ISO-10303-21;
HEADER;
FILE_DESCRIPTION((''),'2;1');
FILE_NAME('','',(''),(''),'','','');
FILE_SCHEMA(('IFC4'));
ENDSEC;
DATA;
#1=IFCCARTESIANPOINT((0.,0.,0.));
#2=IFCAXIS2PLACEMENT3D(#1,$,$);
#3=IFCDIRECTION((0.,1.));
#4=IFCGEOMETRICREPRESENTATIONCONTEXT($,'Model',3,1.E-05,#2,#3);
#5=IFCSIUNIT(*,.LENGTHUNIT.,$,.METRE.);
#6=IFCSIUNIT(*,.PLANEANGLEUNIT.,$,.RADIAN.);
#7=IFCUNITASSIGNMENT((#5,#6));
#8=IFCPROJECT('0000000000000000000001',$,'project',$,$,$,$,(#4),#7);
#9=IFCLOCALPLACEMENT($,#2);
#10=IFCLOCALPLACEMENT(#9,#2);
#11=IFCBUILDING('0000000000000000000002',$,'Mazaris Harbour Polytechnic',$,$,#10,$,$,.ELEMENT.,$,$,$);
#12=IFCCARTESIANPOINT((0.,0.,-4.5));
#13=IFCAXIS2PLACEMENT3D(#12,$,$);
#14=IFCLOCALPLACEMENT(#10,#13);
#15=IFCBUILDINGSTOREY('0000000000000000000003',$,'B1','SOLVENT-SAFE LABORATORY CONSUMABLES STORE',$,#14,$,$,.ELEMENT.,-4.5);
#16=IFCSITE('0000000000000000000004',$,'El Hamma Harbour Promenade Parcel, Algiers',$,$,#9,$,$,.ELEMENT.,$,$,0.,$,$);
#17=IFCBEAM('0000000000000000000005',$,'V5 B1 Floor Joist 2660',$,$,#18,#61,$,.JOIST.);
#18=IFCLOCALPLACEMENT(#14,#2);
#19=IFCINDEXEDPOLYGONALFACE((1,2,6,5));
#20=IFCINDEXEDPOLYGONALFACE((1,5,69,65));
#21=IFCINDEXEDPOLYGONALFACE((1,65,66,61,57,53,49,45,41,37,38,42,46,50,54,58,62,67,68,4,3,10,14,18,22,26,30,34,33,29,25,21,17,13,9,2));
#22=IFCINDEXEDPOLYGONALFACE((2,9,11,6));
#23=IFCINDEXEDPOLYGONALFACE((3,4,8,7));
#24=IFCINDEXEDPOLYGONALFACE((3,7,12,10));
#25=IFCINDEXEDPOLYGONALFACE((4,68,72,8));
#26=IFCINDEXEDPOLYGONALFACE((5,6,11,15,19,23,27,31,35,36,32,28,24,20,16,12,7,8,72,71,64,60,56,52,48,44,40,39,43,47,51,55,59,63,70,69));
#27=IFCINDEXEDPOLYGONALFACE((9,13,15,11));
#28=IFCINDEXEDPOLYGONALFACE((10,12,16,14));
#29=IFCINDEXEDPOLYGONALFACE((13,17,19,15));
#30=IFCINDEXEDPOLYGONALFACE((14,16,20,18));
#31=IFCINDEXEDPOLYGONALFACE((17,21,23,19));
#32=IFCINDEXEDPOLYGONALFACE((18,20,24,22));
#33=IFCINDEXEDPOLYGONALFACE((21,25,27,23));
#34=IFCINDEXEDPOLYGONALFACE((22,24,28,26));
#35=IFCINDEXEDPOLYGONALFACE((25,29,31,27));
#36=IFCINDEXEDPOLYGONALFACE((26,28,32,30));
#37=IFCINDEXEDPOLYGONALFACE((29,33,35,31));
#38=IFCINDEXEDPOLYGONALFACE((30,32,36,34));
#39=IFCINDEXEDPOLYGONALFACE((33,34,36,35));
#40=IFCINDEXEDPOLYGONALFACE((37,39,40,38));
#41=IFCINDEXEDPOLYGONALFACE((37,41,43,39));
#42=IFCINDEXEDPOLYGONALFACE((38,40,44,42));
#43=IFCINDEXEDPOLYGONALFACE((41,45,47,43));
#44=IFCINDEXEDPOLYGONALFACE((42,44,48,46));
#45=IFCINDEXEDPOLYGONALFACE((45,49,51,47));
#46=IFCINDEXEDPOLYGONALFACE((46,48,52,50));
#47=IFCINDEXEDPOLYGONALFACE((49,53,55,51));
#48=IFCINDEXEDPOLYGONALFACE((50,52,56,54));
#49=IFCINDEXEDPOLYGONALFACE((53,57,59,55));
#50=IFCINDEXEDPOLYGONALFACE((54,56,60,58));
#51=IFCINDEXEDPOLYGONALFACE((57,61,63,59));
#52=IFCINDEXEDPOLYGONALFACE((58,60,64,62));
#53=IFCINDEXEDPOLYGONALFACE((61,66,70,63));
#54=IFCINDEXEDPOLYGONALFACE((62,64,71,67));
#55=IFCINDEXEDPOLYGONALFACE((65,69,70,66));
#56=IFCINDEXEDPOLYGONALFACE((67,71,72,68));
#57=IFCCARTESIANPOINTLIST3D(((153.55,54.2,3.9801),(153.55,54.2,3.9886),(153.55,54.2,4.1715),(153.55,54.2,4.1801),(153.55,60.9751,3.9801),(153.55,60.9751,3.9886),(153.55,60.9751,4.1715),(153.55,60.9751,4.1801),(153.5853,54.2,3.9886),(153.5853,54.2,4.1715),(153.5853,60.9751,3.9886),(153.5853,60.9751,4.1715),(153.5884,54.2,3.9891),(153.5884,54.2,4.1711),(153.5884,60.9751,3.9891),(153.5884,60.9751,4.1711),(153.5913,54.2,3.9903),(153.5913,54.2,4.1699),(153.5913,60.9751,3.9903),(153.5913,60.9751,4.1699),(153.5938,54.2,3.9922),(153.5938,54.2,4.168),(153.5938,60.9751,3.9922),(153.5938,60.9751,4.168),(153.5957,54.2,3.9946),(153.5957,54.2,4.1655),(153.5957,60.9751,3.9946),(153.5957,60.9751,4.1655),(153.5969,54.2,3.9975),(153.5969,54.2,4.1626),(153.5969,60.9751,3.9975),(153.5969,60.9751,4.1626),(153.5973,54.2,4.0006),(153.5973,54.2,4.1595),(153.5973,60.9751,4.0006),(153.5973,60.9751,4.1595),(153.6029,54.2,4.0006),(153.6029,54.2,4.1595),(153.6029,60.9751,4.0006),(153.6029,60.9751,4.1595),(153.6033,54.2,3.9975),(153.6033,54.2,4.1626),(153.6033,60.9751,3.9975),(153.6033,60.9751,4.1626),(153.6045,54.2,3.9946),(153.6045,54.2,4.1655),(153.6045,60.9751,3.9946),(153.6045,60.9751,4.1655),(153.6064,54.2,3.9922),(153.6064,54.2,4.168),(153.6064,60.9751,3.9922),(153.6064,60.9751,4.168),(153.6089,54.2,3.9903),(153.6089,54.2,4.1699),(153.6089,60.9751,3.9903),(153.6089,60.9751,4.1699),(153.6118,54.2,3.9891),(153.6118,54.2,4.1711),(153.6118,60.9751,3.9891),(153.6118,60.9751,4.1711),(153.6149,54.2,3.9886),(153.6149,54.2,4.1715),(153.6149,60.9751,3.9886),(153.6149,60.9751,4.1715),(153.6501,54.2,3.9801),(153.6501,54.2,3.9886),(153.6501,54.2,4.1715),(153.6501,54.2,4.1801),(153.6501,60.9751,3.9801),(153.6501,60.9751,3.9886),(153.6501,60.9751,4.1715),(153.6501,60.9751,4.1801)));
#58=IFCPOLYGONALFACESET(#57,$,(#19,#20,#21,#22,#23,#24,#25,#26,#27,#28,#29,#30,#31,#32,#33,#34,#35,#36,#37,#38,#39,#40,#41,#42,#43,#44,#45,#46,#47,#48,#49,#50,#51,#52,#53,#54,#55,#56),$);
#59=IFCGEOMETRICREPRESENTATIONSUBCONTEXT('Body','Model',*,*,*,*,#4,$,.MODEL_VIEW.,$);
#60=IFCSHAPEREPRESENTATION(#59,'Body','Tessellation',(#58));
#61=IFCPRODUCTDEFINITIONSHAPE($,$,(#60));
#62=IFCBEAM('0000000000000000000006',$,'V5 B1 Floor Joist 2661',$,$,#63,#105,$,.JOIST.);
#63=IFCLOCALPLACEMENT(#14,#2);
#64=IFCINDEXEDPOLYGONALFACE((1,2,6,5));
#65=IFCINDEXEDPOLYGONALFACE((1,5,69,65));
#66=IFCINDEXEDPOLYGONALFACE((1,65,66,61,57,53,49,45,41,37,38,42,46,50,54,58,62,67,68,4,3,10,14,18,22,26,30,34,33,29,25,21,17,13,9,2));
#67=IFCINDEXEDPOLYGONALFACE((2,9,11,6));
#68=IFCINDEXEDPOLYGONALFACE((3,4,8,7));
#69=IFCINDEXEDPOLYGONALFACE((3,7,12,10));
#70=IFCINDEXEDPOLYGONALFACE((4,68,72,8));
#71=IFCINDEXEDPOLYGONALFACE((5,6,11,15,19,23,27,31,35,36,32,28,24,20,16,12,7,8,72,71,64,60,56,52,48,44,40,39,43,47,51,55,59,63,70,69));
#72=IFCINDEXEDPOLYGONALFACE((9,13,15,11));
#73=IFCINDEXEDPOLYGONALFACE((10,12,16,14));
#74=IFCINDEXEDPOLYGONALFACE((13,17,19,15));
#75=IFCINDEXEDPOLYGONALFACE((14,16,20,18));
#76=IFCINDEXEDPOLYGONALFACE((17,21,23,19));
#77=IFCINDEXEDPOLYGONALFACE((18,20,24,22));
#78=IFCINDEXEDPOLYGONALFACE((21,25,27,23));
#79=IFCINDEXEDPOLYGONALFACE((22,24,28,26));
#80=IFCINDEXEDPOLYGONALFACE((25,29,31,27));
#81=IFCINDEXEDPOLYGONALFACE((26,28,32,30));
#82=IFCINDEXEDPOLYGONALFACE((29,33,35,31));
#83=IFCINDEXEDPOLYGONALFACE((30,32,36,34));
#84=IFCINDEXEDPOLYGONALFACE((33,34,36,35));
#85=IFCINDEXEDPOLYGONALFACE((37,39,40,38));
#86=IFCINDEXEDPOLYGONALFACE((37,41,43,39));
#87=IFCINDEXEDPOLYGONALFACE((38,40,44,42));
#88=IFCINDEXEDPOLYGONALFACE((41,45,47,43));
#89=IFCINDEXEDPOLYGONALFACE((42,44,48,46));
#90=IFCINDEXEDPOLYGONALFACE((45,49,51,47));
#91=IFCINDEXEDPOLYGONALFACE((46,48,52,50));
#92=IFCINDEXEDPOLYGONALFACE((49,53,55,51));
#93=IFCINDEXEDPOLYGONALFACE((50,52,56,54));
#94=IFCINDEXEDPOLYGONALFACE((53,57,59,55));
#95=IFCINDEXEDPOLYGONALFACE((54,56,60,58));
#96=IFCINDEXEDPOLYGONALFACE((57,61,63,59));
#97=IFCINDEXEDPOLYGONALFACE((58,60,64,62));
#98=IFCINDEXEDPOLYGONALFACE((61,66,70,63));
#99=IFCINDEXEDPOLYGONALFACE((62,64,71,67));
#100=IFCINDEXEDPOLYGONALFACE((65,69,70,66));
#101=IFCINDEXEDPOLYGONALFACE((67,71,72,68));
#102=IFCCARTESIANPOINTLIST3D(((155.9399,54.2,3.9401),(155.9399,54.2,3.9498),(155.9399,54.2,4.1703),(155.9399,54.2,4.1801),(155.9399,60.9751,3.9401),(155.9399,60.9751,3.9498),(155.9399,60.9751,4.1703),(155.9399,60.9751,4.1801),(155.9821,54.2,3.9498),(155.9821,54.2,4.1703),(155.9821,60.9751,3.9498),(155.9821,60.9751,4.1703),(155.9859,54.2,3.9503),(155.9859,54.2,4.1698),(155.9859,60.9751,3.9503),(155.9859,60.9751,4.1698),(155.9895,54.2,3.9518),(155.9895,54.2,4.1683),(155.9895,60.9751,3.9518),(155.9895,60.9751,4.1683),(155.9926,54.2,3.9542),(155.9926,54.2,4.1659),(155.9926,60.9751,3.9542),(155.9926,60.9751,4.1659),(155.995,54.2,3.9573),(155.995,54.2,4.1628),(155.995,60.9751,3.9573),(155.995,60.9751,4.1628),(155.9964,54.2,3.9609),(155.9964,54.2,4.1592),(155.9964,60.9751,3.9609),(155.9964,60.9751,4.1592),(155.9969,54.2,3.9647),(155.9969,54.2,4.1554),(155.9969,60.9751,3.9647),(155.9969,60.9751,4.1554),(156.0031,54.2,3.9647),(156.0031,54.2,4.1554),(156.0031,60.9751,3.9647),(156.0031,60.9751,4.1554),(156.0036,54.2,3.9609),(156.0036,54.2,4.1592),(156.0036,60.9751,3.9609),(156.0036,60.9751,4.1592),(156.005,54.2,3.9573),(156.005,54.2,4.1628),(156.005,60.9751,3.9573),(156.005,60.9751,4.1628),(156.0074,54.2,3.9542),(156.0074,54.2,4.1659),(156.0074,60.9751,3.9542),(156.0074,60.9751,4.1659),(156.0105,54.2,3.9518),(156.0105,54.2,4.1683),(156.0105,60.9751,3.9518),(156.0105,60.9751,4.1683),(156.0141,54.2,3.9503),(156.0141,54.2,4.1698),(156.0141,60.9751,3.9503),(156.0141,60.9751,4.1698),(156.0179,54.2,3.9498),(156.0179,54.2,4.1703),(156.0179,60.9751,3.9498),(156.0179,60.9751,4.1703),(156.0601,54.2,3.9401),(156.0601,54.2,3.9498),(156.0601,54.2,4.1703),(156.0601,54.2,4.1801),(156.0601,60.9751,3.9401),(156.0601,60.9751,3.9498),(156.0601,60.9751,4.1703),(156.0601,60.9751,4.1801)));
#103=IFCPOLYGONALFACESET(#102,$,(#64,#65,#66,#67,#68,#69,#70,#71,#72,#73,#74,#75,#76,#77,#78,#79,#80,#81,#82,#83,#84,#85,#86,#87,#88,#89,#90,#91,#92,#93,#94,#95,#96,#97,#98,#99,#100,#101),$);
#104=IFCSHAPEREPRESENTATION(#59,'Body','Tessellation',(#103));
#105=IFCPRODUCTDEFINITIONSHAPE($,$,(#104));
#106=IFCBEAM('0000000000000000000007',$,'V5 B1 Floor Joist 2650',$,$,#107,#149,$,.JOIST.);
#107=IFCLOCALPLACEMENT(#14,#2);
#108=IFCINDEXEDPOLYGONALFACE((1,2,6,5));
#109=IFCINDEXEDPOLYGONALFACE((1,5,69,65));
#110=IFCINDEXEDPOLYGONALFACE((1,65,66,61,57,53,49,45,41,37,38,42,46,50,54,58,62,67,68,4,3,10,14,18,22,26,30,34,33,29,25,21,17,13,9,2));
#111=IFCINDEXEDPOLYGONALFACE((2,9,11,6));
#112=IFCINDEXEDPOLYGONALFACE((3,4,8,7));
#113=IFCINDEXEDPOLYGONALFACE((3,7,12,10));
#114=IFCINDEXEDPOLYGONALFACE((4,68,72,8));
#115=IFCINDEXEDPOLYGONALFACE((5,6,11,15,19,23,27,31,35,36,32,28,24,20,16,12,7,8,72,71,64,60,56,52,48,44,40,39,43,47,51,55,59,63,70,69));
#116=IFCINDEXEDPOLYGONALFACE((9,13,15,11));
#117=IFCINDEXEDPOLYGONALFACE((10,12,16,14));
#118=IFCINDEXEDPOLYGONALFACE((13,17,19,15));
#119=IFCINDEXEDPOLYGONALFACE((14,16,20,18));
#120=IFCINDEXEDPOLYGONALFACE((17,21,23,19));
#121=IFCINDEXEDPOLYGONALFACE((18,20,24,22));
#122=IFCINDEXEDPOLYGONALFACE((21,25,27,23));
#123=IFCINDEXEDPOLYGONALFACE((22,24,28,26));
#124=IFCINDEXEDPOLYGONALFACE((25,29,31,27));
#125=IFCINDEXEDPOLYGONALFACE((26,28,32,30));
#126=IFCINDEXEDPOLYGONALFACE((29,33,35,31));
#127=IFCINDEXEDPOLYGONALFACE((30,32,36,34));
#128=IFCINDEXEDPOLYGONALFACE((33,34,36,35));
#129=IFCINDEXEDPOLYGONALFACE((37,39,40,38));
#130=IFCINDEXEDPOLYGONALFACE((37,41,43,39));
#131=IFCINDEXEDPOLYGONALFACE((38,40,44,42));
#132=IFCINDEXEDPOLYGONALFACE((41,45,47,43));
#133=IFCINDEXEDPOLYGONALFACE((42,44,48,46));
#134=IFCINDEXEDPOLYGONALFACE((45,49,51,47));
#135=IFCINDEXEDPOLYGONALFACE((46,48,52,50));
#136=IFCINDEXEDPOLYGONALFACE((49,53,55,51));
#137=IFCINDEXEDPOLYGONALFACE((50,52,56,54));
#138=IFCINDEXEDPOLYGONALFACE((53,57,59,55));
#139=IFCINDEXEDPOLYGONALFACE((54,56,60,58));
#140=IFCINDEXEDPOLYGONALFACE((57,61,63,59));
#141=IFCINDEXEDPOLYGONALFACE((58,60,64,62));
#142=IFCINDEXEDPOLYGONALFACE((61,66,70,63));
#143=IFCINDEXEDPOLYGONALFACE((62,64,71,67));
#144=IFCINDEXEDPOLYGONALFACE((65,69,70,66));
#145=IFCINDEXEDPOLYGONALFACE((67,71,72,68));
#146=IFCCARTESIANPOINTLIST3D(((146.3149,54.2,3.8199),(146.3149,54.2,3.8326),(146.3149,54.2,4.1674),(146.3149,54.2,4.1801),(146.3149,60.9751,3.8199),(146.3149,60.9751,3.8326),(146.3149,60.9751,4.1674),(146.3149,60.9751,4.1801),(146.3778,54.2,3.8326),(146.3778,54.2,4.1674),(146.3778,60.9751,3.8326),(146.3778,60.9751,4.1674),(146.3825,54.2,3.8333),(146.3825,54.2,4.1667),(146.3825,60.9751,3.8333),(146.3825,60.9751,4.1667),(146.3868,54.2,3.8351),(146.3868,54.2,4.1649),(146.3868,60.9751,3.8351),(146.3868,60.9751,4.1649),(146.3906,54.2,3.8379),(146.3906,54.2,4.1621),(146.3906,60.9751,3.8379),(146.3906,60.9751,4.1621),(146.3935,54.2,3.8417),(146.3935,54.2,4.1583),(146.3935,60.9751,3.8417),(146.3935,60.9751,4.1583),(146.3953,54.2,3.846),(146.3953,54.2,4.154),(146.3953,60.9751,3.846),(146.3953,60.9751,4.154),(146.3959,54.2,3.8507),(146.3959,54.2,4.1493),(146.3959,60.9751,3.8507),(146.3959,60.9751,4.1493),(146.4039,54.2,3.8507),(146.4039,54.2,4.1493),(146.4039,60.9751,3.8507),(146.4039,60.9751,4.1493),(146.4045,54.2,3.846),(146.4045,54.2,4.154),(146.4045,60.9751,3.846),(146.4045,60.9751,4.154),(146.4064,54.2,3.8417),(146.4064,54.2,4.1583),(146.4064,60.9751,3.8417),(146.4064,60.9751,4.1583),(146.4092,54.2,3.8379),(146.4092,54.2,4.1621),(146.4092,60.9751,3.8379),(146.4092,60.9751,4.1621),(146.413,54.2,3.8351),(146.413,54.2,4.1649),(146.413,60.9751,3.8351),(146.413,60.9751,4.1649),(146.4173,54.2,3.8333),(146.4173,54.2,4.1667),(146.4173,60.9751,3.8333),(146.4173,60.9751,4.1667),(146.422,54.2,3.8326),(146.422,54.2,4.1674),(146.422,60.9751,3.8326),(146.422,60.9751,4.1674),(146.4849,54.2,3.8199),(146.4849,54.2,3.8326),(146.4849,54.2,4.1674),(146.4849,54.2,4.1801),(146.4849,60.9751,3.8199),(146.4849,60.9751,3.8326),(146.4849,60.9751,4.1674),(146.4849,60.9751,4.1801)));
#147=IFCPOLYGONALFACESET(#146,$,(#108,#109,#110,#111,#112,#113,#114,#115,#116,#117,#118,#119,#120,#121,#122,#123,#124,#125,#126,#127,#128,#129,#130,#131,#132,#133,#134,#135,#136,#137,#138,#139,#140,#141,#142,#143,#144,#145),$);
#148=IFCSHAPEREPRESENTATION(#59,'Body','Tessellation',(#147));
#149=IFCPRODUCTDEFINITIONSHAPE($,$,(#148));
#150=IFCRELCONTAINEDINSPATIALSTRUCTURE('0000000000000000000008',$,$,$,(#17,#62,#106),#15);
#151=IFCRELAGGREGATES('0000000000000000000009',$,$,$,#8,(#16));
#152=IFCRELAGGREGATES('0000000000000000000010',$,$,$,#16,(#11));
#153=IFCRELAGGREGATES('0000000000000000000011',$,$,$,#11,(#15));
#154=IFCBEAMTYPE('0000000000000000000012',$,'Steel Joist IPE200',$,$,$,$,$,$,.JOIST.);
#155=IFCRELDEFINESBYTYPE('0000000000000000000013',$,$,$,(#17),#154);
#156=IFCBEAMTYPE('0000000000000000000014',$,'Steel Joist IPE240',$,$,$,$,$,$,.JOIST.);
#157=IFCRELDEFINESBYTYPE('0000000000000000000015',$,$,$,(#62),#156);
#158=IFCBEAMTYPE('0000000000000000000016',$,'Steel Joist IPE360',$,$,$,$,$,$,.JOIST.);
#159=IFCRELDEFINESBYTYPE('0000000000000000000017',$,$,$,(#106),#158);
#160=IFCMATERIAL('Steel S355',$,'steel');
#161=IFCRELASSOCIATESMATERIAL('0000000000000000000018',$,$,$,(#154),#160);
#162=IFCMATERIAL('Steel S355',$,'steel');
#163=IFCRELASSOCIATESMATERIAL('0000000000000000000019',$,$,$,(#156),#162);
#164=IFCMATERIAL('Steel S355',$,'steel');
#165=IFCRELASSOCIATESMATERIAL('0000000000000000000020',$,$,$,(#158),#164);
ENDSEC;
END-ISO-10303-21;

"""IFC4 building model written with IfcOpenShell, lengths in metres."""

from ifc_helpers import new_model, si_unit, direction, frame, origin, origin_2d, place, context, subcontext, project, spatial, i_section, extrude, material, material_profile, profile_set, type_object, element, save


model = new_model("IFC4")

# Units and contexts
model_context = context("Model", 3, precision=1e-05, world=origin(), true_north=direction((0.0, 1.0)))
body_context = subcontext(model_context, "Body", "Model", "MODEL_VIEW")
ifc_project = project(units=[si_unit("LENGTHUNIT", "METRE"), si_unit("PLANEANGLEUNIT", "RADIAN")], contexts=[model_context])

# Site, building, storey
site_placement = place(None, origin())
site = spatial("IfcSite", under=ifc_project, at=site_placement, Name="El Hamma Harbour Promenade Parcel, Algiers", CompositionType="ELEMENT", RefElevation=0.0)
building_placement = place(site_placement, origin())
building = spatial("IfcBuilding", under=site, at=building_placement, Name="Mazaris Harbour Polytechnic", CompositionType="ELEMENT")
storey_placement = place(building_placement, frame((0.0, 0.0, -4.5)))
storey = spatial("IfcBuildingStorey", under=building, at=storey_placement, Name="B1", Description="SOLVENT-SAFE LABORATORY CONSUMABLES STORE", CompositionType="ELEMENT", Elevation=-4.5)

# Beams
ifc_material_1 = material(Name="Steel S355", Category="steel")
ifc_material_profile_1 = material_profile(ifc_material_1, i_section(OverallWidth=0.1001, OverallDepth=0.2, WebThickness=0.0056, FlangeThickness=0.0085, FilletRadius=0.012, at=origin_2d()), Name="IPE 200")
ifc_profile_set_1 = profile_set([ifc_material_profile_1], Name="Steel S355")
beam_type_1 = type_object("IfcBeamType", Name="Steel Joist IPE200", PredefinedType="JOIST", material=ifc_profile_set_1)
beam_1_placement = place(storey_placement, frame((153.6001, 54.2, 4.0801), z_axis=(0.0, 1.0, 0.0), x_axis=(-1.0, 0.0, 0.0)))
element("IfcBeam", 1, at=beam_1_placement, inside=storey, type_object=beam_type_1, Name="V5 B1 Floor Joist 2660", PredefinedType="JOIST", context=body_context, shape_type="SweptSolid", body=[
    extrude(i_section(OverallWidth=0.1001, OverallDepth=0.2, WebThickness=0.0056, FlangeThickness=0.0085, FilletRadius=0.012, at=origin_2d()), origin(), (0.0, 0.0, 1.0), 6.7751),
])
ifc_material_2 = material(Name="Steel S355", Category="steel")
ifc_material_profile_2 = material_profile(ifc_material_2, i_section(OverallWidth=0.1201, OverallDepth=0.24, WebThickness=0.0061, FlangeThickness=0.0098, FilletRadius=0.0149, at=origin_2d()), Name="IPE 240")
ifc_profile_set_2 = profile_set([ifc_material_profile_2], Name="Steel S355")
beam_type_2 = type_object("IfcBeamType", Name="Steel Joist IPE240", PredefinedType="JOIST", material=ifc_profile_set_2)
beam_2_placement = place(storey_placement, frame((156.0, 54.2, 4.0601), z_axis=(0.0, 1.0, 0.0), x_axis=(-1.0, 0.0, 0.0)))
element("IfcBeam", 2, at=beam_2_placement, inside=storey, type_object=beam_type_2, Name="V5 B1 Floor Joist 2661", PredefinedType="JOIST", context=body_context, shape_type="SweptSolid", body=[
    extrude(i_section(OverallWidth=0.1201, OverallDepth=0.24, WebThickness=0.0061, FlangeThickness=0.0098, FilletRadius=0.0149, at=origin_2d()), origin(), (0.0, 0.0, 1.0), 6.7751),
])
ifc_material_3 = material(Name="Steel S355", Category="steel")
ifc_material_profile_3 = material_profile(ifc_material_3, i_section(OverallWidth=0.1699, OverallDepth=0.3601, WebThickness=0.0081, FlangeThickness=0.0127, FilletRadius=0.0181, at=origin_2d()), Name="IPE 360")
ifc_profile_set_3 = profile_set([ifc_material_profile_3], Name="Steel S355")
beam_type_3 = type_object("IfcBeamType", Name="Steel Joist IPE360", PredefinedType="JOIST", material=ifc_profile_set_3)
beam_3_placement = place(storey_placement, frame((146.3999, 54.2, 4.0), z_axis=(0.0, 1.0, 0.0), x_axis=(-1.0, 0.0, 0.0)))
element("IfcBeam", 3, at=beam_3_placement, inside=storey, type_object=beam_type_3, Name="V5 B1 Floor Joist 2650", PredefinedType="JOIST", context=body_context, shape_type="SweptSolid", body=[
    extrude(i_section(OverallWidth=0.1699, OverallDepth=0.3601, WebThickness=0.0081, FlangeThickness=0.0127, FilletRadius=0.0181, at=origin_2d()), origin(), (0.0, 0.0, 1.0), 6.7751),
])

save(model, "model.ifc")
